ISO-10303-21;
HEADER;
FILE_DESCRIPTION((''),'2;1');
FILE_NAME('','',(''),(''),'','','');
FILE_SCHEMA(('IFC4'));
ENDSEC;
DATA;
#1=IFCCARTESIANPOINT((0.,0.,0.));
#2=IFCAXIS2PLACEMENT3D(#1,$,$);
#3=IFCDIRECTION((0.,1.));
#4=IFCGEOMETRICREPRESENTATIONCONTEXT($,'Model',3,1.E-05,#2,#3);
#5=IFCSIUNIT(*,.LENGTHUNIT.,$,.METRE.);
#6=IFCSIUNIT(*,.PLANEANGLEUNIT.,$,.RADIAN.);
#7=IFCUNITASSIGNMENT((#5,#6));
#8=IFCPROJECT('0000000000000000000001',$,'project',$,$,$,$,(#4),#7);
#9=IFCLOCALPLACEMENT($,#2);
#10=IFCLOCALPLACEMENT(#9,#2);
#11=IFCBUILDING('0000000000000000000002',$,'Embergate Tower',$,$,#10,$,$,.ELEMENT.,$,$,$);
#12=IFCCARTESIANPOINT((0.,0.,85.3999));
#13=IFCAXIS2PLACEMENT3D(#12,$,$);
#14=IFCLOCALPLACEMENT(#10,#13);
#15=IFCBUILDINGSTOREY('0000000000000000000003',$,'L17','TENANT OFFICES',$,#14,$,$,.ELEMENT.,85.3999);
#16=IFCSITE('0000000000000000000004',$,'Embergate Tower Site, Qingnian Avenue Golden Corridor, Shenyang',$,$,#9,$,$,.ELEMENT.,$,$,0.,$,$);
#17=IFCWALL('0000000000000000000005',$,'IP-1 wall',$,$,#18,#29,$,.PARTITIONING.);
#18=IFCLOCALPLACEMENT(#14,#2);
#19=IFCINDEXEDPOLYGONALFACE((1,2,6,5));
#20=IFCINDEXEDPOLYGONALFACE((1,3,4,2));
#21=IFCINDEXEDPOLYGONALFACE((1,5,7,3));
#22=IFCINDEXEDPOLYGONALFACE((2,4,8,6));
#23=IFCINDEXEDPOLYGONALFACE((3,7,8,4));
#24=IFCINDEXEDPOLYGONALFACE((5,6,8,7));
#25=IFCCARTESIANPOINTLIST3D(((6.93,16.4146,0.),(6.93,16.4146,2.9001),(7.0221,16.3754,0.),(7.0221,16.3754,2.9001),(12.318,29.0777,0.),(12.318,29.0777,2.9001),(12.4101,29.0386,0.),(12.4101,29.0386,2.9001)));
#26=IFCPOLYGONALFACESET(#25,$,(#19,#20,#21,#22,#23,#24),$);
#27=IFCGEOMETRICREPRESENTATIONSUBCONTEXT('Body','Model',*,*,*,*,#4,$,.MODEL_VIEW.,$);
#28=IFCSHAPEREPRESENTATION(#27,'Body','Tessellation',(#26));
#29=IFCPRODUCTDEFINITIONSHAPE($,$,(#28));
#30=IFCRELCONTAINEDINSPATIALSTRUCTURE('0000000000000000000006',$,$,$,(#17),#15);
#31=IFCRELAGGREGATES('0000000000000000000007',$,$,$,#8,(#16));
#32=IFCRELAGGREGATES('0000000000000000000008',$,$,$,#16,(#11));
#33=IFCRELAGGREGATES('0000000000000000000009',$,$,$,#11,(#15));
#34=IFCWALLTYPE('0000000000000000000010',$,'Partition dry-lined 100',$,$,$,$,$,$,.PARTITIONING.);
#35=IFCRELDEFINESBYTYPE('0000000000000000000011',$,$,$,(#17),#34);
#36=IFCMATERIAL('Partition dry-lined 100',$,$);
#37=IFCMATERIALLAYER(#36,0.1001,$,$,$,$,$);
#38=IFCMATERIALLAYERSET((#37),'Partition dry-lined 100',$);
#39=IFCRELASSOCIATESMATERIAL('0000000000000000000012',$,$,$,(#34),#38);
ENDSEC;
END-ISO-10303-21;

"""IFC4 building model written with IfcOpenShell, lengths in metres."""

from ifc_helpers import new_model, si_unit, direction, frame, frame_2d, origin, place, context, subcontext, project, spatial, rectangle, extrude, source, transform, mapped, material, layer, layer_set, type_object, element, save


model = new_model("IFC4")

# Units and contexts
model_context = context("Model", 3, precision=1e-05, world=origin(), true_north=direction((0.0, 1.0)))
body_context = subcontext(model_context, "Body", "Model", "MODEL_VIEW")
ifc_project = project(units=[si_unit("LENGTHUNIT", "METRE"), si_unit("PLANEANGLEUNIT", "RADIAN")], contexts=[model_context])

# Site, building, storey
site_placement = place(None, origin())
site = spatial("IfcSite", under=ifc_project, at=site_placement, Name="Embergate Tower Site, Qingnian Avenue Golden Corridor, Shenyang", CompositionType="ELEMENT", RefElevation=0.0)
building_placement = place(site_placement, origin())
building = spatial("IfcBuilding", under=site, at=building_placement, Name="Embergate Tower", CompositionType="ELEMENT")
storey_placement = place(building_placement, frame((0.0, 0.0, 85.3999)))
storey = spatial("IfcBuildingStorey", under=building, at=storey_placement, Name="L17", Description="TENANT OFFICES", CompositionType="ELEMENT", Elevation=85.3999)

# Wall
ifc_material_1 = material(Name="Partition dry-lined 100")
ifc_layer_1 = layer(ifc_material_1, 0.1001)
ifc_layer_set_1 = layer_set([ifc_layer_1], Name="Partition dry-lined 100")
wall_type = type_object("IfcWallType", Name="Partition dry-lined 100", PredefinedType="PARTITIONING", material=ifc_layer_set_1)
shared_shape_1 = source(origin(), body_context, "Body", "SweptSolid", [
    extrude(rectangle(XDim=13.7617, YDim=0.1001, at=frame_2d((6.8809, 0.0))), origin(), (0.0, 0.0, 1.0), 2.9001),
])
wall_1_placement = place(storey_placement, frame((6.9761, 16.395, 0.0), z_axis=(0.0, 0.0, 1.0), x_axis=(0.391518, 0.920171, 0.0)))
element("IfcWall", 1, at=wall_1_placement, inside=storey, type_object=wall_type, Name="IP-1 wall", PredefinedType="PARTITIONING", context=body_context, shape_type="MappedRepresentation", body=[
    mapped(shared_shape_1, transform((0.0, 0.0, 0.0))),
])

save(model, "model.ifc")
